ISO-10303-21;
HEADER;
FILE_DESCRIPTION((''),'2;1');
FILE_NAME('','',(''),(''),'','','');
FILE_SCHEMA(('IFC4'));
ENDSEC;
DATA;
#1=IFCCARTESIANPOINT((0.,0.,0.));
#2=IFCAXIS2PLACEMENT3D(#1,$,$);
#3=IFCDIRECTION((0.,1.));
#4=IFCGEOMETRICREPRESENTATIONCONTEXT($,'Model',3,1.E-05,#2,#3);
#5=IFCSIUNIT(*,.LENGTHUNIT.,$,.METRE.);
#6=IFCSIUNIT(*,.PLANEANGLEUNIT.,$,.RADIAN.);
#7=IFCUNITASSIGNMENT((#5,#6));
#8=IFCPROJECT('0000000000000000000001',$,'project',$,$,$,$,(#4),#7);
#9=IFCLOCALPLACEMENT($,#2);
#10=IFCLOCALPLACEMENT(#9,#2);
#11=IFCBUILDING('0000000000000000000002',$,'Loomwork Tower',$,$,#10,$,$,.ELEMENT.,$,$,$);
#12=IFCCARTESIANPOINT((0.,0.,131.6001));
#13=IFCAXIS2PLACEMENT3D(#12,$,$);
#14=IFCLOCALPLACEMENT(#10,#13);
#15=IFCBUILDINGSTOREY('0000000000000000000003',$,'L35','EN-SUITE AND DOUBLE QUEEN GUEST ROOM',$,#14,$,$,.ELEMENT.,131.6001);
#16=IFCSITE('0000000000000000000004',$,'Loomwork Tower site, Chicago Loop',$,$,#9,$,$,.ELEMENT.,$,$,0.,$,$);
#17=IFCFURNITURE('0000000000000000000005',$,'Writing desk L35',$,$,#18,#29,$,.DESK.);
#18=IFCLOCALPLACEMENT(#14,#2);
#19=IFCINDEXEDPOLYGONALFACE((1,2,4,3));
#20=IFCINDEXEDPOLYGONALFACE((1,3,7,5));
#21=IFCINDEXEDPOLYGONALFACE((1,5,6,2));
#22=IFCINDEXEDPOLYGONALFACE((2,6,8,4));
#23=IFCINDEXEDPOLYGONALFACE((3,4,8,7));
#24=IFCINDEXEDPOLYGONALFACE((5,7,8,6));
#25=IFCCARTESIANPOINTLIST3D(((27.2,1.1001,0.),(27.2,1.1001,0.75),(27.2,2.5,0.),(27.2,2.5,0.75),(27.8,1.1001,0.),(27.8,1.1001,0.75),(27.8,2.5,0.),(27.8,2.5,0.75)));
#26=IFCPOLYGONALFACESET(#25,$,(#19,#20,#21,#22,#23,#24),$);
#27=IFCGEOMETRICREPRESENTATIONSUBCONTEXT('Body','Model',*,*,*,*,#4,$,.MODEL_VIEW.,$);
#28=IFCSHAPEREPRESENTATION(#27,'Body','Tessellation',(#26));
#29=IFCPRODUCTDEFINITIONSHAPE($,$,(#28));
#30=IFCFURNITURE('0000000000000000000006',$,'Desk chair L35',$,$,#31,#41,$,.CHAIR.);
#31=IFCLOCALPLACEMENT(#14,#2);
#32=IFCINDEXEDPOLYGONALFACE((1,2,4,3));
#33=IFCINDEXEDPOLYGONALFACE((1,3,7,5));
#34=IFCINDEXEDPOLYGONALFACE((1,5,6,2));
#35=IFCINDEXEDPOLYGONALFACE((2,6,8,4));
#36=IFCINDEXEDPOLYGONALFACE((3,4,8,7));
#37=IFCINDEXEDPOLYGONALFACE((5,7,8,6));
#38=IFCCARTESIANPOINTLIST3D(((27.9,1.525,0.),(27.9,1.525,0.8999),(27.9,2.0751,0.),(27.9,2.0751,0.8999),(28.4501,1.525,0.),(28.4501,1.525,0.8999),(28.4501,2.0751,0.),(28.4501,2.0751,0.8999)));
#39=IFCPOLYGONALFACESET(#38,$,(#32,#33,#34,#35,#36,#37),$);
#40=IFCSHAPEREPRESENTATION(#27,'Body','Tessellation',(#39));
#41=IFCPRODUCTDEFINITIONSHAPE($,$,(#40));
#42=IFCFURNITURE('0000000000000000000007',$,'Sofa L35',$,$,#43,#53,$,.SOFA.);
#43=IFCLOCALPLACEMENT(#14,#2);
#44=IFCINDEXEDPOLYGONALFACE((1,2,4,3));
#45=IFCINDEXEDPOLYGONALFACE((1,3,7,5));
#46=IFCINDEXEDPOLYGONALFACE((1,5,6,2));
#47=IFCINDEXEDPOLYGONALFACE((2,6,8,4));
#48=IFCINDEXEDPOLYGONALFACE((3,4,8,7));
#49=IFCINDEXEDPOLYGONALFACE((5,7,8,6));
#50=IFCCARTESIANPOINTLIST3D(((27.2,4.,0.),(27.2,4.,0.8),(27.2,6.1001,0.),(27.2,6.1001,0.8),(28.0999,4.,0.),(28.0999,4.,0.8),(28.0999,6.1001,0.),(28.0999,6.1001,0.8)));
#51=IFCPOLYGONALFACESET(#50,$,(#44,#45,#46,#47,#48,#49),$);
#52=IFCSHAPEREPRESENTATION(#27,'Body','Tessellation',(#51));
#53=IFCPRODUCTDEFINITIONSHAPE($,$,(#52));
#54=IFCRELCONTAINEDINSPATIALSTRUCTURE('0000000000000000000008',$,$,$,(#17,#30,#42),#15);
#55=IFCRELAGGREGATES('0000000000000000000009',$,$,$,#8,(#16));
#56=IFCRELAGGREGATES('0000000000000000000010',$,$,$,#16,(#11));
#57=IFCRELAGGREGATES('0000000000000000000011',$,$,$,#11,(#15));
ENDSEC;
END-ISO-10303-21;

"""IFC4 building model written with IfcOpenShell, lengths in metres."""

from ifc_helpers import new_model, si_unit, direction, frame, origin, origin_2d, place, context, subcontext, project, spatial, rectangle, extrude, element, save


model = new_model("IFC4")

# Units and contexts
model_context = context("Model", 3, precision=1e-05, world=origin(), true_north=direction((0.0, 1.0)))
body_context = subcontext(model_context, "Body", "Model", "MODEL_VIEW")
ifc_project = project(units=[si_unit("LENGTHUNIT", "METRE"), si_unit("PLANEANGLEUNIT", "RADIAN")], contexts=[model_context])

# Site, building, storey
site_placement = place(None, origin())
site = spatial("IfcSite", under=ifc_project, at=site_placement, Name="Loomwork Tower site, Chicago Loop", CompositionType="ELEMENT", RefElevation=0.0)
building_placement = place(site_placement, origin())
building = spatial("IfcBuilding", under=site, at=building_placement, Name="Loomwork Tower", CompositionType="ELEMENT")
storey_placement = place(building_placement, frame((0.0, 0.0, 131.6001)))
storey = spatial("IfcBuildingStorey", under=building, at=storey_placement, Name="L35", Description="EN-SUITE AND DOUBLE QUEEN GUEST ROOM", CompositionType="ELEMENT", Elevation=131.6001)

# Furniture
furniture_1_placement = place(storey_placement, frame((27.5, 1.8, 0.0), z_axis=(0.0, 0.0, 1.0), x_axis=(1.0, 0.0, 0.0)))
element("IfcFurniture", 1, at=furniture_1_placement, inside=storey, Name="Writing desk L35", PredefinedType="DESK", context=body_context, shape_type="SweptSolid", body=[
    extrude(rectangle(XDim=0.6001, YDim=1.3999, at=origin_2d()), origin(), (0.0, 0.0, 1.0), 0.75),
])
furniture_2_placement = place(storey_placement, frame((28.175, 1.8, 0.0), z_axis=(0.0, 0.0, 1.0), x_axis=(1.0, 0.0, 0.0)))
element("IfcFurniture", 2, at=furniture_2_placement, inside=storey, Name="Desk chair L35", PredefinedType="CHAIR", context=body_context, shape_type="SweptSolid", body=[
    extrude(rectangle(XDim=0.55, YDim=0.55, at=origin_2d()), origin(), (0.0, 0.0, 1.0), 0.8999),
])
furniture_3_placement = place(storey_placement, frame((27.6499, 5.05, 0.0), z_axis=(0.0, 0.0, 1.0), x_axis=(1.0, 0.0, 0.0)))
element("IfcFurniture", 3, at=furniture_3_placement, inside=storey, Name="Sofa L35", PredefinedType="SOFA", context=body_context, shape_type="SweptSolid", body=[
    extrude(rectangle(XDim=0.8999, YDim=2.1001, at=origin_2d()), origin(), (0.0, 0.0, 1.0), 0.8),
])

save(model, "model.ifc")
